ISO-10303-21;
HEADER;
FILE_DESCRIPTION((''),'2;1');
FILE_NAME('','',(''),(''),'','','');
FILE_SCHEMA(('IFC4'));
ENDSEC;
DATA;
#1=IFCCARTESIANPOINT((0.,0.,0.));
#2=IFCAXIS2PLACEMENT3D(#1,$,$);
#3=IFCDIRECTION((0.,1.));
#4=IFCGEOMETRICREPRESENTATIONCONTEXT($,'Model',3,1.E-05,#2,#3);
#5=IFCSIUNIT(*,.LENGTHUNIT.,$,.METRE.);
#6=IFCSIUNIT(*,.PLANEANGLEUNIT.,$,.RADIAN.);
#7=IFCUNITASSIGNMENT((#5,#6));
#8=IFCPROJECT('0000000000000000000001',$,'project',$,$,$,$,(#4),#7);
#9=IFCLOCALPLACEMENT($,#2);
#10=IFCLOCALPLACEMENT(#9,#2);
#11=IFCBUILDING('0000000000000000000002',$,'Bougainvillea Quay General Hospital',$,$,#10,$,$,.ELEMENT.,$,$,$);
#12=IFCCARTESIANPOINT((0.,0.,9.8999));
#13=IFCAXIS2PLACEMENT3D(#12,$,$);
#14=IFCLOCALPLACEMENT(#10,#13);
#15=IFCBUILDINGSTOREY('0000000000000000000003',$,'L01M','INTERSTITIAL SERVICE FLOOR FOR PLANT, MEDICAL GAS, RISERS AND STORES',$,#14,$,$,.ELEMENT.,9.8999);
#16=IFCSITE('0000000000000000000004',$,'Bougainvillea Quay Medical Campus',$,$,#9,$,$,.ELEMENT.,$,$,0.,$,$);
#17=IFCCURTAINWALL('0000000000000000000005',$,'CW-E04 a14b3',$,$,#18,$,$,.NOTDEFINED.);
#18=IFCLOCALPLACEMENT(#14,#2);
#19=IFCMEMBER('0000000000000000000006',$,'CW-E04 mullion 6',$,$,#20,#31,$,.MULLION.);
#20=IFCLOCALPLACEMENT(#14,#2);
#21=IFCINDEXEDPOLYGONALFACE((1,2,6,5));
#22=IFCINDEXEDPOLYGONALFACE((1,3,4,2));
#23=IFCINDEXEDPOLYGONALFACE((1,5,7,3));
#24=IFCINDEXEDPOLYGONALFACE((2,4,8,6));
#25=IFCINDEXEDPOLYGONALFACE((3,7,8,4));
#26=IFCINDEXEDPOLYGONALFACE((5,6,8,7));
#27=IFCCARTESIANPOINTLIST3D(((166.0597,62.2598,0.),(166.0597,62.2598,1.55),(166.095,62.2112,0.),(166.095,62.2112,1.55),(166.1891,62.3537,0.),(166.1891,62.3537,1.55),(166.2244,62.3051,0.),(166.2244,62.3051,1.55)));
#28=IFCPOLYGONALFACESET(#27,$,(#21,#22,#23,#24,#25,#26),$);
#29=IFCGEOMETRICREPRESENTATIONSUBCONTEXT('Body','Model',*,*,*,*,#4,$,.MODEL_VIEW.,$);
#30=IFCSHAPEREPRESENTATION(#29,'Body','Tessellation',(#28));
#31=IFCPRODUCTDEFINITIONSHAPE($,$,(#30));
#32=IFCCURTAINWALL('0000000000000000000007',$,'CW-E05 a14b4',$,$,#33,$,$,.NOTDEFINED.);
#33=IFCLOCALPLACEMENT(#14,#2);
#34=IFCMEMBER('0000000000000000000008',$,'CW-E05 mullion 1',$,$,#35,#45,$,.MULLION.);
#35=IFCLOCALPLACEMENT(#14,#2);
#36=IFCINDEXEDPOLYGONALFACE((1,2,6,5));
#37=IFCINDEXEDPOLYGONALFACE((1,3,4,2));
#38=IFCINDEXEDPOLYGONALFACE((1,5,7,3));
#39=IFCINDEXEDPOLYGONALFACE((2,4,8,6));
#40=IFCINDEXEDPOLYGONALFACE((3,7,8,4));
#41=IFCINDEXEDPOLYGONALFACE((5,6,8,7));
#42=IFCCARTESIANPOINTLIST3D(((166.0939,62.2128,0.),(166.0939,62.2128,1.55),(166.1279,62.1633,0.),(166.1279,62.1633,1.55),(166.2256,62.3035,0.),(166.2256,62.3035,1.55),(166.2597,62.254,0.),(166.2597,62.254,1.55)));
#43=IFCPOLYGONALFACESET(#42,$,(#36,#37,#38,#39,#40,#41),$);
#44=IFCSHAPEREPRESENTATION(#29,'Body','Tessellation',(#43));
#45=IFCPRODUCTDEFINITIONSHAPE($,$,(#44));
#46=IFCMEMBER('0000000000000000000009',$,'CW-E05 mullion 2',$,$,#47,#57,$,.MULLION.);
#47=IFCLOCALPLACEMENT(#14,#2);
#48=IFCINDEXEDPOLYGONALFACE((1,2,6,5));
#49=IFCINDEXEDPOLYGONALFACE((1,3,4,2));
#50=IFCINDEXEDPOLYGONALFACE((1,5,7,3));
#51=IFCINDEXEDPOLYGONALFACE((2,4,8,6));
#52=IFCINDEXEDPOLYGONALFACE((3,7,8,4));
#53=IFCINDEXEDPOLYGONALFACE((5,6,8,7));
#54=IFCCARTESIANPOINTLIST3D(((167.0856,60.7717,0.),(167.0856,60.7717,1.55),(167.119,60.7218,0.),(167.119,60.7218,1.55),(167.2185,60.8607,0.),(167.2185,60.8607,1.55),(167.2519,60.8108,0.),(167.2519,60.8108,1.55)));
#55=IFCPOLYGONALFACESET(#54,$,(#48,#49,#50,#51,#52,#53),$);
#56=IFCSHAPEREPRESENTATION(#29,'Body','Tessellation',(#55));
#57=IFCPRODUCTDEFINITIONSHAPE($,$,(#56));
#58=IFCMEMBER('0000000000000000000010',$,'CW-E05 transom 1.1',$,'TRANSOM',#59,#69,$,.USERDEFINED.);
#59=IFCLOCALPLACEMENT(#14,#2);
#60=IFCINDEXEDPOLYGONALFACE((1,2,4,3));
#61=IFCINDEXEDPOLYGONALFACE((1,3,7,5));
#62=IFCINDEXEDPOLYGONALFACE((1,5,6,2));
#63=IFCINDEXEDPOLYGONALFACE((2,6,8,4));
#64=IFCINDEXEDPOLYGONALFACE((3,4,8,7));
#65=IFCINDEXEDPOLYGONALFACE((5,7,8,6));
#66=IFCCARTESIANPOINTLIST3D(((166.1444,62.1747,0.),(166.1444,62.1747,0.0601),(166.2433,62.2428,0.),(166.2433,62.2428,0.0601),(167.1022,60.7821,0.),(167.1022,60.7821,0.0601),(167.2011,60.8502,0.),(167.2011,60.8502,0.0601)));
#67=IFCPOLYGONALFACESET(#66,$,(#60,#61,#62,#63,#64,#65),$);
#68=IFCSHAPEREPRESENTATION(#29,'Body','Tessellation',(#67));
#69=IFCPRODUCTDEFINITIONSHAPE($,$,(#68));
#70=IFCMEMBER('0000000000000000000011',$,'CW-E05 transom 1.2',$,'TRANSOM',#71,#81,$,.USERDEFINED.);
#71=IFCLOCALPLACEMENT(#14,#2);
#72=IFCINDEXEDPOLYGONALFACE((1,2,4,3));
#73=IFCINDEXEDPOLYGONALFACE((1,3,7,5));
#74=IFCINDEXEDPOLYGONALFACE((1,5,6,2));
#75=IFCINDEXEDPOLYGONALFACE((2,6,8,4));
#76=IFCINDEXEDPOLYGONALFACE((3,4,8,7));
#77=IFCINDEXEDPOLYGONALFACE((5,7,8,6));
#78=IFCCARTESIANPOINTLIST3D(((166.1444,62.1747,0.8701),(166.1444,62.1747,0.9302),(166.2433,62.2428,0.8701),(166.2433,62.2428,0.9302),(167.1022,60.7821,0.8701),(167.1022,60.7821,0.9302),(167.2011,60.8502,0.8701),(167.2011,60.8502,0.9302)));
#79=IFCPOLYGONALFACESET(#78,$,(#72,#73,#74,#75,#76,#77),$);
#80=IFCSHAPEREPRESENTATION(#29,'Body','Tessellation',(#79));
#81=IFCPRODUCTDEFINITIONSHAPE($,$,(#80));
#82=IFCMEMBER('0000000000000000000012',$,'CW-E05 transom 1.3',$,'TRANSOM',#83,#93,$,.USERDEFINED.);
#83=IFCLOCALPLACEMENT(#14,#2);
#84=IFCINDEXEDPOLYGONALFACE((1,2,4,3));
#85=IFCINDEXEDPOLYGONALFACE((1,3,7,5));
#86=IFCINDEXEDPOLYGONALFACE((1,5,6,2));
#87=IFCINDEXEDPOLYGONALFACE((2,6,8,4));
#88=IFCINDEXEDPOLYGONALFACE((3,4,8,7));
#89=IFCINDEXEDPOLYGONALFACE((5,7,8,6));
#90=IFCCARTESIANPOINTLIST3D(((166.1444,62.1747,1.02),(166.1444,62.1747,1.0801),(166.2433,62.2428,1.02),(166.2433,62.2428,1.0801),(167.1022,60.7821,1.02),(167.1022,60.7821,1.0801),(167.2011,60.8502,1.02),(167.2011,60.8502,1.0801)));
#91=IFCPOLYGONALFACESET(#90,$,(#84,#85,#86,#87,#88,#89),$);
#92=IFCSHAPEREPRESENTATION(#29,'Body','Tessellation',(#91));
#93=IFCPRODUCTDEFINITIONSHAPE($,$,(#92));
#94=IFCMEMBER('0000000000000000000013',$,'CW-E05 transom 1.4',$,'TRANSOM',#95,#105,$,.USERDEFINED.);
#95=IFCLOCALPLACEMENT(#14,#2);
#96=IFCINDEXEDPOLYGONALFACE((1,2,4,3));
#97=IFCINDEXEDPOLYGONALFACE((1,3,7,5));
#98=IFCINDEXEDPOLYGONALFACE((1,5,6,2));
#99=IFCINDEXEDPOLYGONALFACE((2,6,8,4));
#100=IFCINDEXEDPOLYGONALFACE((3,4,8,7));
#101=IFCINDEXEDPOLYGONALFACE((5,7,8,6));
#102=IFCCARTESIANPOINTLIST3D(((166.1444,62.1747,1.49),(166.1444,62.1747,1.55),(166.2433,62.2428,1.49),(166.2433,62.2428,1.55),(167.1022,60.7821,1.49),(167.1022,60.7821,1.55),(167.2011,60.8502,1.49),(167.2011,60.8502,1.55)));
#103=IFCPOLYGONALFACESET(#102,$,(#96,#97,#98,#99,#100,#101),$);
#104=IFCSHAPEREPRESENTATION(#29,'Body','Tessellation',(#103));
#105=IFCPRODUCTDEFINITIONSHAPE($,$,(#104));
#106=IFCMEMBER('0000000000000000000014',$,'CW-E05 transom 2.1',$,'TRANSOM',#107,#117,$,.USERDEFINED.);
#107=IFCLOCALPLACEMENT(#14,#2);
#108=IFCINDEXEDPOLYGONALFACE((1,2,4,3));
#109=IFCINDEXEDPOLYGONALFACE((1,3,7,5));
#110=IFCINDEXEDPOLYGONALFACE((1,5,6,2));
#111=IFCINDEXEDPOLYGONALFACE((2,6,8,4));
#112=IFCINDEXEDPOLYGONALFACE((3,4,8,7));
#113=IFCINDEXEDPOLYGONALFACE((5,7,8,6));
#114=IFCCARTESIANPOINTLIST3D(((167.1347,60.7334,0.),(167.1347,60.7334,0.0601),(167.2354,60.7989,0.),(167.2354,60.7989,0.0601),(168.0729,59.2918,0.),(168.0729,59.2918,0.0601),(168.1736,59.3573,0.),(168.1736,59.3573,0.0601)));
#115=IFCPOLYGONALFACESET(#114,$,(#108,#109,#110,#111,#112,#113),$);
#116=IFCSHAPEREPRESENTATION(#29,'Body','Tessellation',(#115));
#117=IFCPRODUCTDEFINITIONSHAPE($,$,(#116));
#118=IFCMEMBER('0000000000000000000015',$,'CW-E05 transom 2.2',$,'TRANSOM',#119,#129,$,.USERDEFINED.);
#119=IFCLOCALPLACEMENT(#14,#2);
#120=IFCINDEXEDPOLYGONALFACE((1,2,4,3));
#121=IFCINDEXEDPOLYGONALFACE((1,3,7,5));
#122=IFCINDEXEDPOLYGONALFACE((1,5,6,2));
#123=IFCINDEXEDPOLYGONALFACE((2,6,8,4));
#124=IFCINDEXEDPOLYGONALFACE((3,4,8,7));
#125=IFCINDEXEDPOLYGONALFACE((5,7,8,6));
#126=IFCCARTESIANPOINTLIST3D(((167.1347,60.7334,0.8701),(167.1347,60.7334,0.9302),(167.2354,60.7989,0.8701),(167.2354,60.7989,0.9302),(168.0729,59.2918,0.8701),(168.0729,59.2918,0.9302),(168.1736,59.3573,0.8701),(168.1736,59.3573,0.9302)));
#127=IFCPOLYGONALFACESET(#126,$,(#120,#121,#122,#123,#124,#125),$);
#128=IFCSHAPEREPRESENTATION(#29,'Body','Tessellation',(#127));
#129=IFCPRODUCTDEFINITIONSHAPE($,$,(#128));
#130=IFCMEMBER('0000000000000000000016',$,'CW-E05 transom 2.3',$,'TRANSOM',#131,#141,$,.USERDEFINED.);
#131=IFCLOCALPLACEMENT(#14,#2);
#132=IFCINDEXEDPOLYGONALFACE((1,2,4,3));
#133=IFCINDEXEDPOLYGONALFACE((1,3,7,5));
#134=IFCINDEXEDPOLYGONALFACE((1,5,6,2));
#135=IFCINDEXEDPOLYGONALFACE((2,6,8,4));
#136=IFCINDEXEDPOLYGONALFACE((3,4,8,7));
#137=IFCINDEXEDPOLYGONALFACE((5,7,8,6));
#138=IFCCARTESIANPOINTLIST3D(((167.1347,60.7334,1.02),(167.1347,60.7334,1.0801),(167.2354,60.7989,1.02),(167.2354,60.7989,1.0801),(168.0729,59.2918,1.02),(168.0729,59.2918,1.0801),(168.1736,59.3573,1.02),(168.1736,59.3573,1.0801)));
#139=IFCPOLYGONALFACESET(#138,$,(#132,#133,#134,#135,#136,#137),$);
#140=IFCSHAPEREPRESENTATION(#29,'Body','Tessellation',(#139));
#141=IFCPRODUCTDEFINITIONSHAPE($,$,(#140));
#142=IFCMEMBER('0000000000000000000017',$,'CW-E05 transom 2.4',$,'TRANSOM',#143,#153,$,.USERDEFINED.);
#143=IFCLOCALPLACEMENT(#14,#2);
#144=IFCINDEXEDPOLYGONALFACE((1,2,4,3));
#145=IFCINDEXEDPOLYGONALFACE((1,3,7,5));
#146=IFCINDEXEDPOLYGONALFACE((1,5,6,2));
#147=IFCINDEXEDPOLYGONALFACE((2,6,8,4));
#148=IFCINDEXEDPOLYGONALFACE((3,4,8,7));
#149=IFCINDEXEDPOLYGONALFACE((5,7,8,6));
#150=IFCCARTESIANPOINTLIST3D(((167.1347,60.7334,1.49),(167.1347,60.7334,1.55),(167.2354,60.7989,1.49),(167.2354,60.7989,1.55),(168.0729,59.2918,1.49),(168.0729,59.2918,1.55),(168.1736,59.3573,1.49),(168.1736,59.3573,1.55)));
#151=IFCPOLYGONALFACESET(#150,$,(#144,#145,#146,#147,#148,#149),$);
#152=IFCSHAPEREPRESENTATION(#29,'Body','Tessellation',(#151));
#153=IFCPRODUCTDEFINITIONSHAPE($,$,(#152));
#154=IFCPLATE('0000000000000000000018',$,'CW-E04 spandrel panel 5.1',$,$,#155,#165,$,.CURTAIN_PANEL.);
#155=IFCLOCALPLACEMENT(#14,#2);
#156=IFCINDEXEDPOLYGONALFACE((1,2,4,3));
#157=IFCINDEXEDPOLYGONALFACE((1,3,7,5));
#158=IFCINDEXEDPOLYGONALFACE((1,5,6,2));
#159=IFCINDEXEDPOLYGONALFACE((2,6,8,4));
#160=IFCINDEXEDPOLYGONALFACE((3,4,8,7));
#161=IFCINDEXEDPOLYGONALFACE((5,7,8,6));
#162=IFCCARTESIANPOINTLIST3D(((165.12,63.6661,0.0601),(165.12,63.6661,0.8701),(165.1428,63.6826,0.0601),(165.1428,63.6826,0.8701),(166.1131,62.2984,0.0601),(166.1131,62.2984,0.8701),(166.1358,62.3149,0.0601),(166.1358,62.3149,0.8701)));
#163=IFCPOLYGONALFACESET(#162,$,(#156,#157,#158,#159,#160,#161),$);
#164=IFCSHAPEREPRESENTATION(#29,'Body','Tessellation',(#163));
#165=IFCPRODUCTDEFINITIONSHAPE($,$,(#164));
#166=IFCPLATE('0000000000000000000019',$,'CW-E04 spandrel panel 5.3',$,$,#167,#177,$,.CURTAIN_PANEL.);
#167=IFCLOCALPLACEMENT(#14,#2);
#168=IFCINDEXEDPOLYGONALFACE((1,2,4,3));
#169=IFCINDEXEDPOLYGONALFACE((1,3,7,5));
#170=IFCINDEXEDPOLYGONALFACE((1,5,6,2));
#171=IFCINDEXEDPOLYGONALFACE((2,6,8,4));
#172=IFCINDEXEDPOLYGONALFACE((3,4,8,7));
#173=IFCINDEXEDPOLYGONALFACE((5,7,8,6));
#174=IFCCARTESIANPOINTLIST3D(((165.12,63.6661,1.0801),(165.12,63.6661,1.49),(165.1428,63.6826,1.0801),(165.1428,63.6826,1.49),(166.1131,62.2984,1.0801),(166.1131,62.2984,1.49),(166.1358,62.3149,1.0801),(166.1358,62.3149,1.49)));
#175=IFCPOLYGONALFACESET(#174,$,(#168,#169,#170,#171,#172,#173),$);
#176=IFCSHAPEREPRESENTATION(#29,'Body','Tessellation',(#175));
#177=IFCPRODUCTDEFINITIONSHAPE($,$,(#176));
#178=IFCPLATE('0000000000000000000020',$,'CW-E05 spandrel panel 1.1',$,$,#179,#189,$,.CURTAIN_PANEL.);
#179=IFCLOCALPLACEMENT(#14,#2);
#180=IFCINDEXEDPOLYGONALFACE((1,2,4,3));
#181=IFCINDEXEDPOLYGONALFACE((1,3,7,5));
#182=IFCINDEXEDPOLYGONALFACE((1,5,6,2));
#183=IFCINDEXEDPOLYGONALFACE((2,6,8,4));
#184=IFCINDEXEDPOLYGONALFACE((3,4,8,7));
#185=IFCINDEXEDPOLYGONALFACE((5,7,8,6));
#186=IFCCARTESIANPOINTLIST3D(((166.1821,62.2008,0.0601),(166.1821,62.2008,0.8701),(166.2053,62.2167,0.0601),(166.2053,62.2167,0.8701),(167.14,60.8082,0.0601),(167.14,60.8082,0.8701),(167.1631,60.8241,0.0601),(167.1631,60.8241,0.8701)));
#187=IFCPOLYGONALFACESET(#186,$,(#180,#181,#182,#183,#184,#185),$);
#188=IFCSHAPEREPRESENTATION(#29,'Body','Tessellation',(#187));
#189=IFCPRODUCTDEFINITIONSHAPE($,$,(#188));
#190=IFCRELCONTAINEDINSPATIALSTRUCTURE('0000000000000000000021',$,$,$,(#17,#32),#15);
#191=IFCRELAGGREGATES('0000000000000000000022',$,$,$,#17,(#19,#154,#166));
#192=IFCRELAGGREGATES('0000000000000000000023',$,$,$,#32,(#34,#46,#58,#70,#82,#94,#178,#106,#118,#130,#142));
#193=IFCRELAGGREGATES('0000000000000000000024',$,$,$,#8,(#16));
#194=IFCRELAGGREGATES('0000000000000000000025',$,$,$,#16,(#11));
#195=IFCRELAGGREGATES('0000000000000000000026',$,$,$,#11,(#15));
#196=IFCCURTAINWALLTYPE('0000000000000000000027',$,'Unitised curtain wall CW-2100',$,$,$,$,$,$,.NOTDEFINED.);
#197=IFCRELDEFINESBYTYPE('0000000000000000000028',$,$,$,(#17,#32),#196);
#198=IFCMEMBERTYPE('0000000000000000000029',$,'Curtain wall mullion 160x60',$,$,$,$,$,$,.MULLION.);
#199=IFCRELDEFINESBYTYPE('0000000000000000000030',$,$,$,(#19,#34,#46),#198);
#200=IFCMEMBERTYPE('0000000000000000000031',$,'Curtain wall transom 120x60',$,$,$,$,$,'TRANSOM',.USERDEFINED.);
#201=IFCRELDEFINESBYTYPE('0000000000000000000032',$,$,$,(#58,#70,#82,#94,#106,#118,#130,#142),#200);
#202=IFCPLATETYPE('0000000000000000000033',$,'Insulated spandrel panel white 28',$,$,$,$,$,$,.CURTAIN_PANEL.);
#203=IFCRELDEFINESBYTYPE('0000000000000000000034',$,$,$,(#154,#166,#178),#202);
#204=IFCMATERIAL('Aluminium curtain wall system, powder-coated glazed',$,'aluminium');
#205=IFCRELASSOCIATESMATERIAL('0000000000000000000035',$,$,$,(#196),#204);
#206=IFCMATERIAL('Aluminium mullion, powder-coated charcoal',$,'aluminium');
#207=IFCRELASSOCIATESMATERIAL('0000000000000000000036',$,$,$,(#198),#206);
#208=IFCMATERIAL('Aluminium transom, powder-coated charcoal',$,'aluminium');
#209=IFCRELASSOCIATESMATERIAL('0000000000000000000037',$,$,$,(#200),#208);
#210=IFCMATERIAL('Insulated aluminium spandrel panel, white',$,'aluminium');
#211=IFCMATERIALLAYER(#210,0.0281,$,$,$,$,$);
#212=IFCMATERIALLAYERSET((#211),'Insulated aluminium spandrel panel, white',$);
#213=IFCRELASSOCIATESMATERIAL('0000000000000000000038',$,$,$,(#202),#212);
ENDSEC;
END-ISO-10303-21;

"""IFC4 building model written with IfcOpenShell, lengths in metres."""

from ifc_helpers import new_model, si_unit, direction, frame, origin, origin_2d, place, context, subcontext, project, spatial, rectangle, extrude, material, layer, layer_set, material_profile, profile_set, type_object, element, aggregate, save


model = new_model("IFC4")

# Units and contexts
model_context = context("Model", 3, precision=1e-05, world=origin(), true_north=direction((0.0, 1.0)))
body_context = subcontext(model_context, "Body", "Model", "MODEL_VIEW")
ifc_project = project(units=[si_unit("LENGTHUNIT", "METRE"), si_unit("PLANEANGLEUNIT", "RADIAN")], contexts=[model_context])

# Site, building, storey
site_placement = place(None, origin())
site = spatial("IfcSite", under=ifc_project, at=site_placement, Name="Bougainvillea Quay Medical Campus", CompositionType="ELEMENT", RefElevation=0.0)
building_placement = place(site_placement, origin())
building = spatial("IfcBuilding", under=site, at=building_placement, Name="Bougainvillea Quay General Hospital", CompositionType="ELEMENT")
storey_placement = place(building_placement, frame((0.0, 0.0, 9.8999)))
storey = spatial("IfcBuildingStorey", under=building, at=storey_placement, Name="L01M", Description="INTERSTITIAL SERVICE FLOOR FOR PLANT, MEDICAL GAS, RISERS AND STORES", CompositionType="ELEMENT", Elevation=9.8999)

# Curtain wall, member
ifc_material_1 = material(Name="Aluminium curtain wall system, powder-coated glazed", Category="aluminium")
curtain_wall_type = type_object("IfcCurtainWallType", Name="Unitised curtain wall CW-2100", PredefinedType="NOTDEFINED", material=ifc_material_1)
curtain_wall_1_placement = place(storey_placement, origin())
curtain_wall_1 = element("IfcCurtainWall", 1, at=curtain_wall_1_placement, inside=storey, type_object=curtain_wall_type, Name="CW-E04 a14b3", PredefinedType="NOTDEFINED")
ifc_material_2 = material(Name="Aluminium mullion, powder-coated charcoal", Category="aluminium")
ifc_material_profile_1 = material_profile(ifc_material_2, rectangle(XDim=0.1599, YDim=0.0601, at=origin_2d()))
ifc_profile_set_1 = profile_set([ifc_material_profile_1], Name="Aluminium mullion, powder-coated charcoal")
member_type_1 = type_object("IfcMemberType", Name="Curtain wall mullion 160x60", PredefinedType="MULLION", material=ifc_profile_set_1)
member_1_placement = place(storey_placement, frame((166.1421, 62.2825, 0.0), z_axis=(0.0, 0.0, 1.0), x_axis=(0.809189, 0.587548, 0.0)))
member_1 = element("IfcMember", 2, at=member_1_placement, type_object=member_type_1, Name="CW-E04 mullion 6", PredefinedType="MULLION", context=body_context, shape_type="SweptSolid", body=[
    extrude(rectangle(XDim=0.1599, YDim=0.0601, at=origin_2d()), origin(), (0.0, 0.0, 1.0), 1.55),
])

# Curtain wall, members
curtain_wall_2_placement = place(storey_placement, origin())
curtain_wall_2 = element("IfcCurtainWall", 3, at=curtain_wall_2_placement, inside=storey, type_object=curtain_wall_type, Name="CW-E05 a14b4", PredefinedType="NOTDEFINED")
member_2_placement = place(storey_placement, frame((166.1768, 62.2334, 0.0), z_axis=(0.0, 0.0, 1.0), x_axis=(0.823921, 0.566705, 0.0)))
member_2 = element("IfcMember", 4, at=member_2_placement, type_object=member_type_1, Name="CW-E05 mullion 1", PredefinedType="MULLION", context=body_context, shape_type="SweptSolid", body=[
    extrude(rectangle(XDim=0.1599, YDim=0.0601, at=origin_2d()), origin(), (0.0, 0.0, 1.0), 1.55),
])
member_3_placement = place(storey_placement, frame((167.1687, 60.7913, 0.0), z_axis=(0.0, 0.0, 1.0), x_axis=(0.831085, 0.556145, 0.0)))
member_3 = element("IfcMember", 5, at=member_3_placement, type_object=member_type_1, Name="CW-E05 mullion 2", PredefinedType="MULLION", context=body_context, shape_type="SweptSolid", body=[
    extrude(rectangle(XDim=0.1599, YDim=0.0601, at=origin_2d()), origin(), (0.0, 0.0, 1.0), 1.55),
])
ifc_material_3 = material(Name="Aluminium transom, powder-coated charcoal", Category="aluminium")
ifc_material_profile_2 = material_profile(ifc_material_3, rectangle(XDim=0.1201, YDim=0.0601, at=origin_2d()))
ifc_profile_set_2 = profile_set([ifc_material_profile_2], Name="Aluminium transom, powder-coated charcoal")
member_type_2 = type_object("IfcMemberType", Name="Curtain wall transom 120x60", ElementType="TRANSOM", PredefinedType="USERDEFINED", material=ifc_profile_set_2)
member_4_placement = place(storey_placement, frame((166.1938, 62.2087, 0.03), z_axis=(0.566676, -0.823941, 0.0), x_axis=(0.823941, 0.566676, 0.0)))
member_4 = element("IfcMember", 6, at=member_4_placement, type_object=member_type_2, Name="CW-E05 transom 1.1", ObjectType="TRANSOM", PredefinedType="USERDEFINED", context=body_context, shape_type="SweptSolid", body=[
    extrude(rectangle(XDim=0.1201, YDim=0.0601, at=origin_2d()), origin(), (0.0, 0.0, 1.0), 1.6902),
])
member_5_placement = place(storey_placement, frame((166.1938, 62.2087, 0.9001), z_axis=(0.566676, -0.823941, 0.0), x_axis=(0.823941, 0.566676, 0.0)))
member_5 = element("IfcMember", 7, at=member_5_placement, type_object=member_type_2, Name="CW-E05 transom 1.2", ObjectType="TRANSOM", PredefinedType="USERDEFINED", context=body_context, shape_type="SweptSolid", body=[
    extrude(rectangle(XDim=0.1201, YDim=0.0601, at=origin_2d()), origin(), (0.0, 0.0, 1.0), 1.6902),
])
member_6_placement = place(storey_placement, frame((166.1938, 62.2087, 1.05), z_axis=(0.566676, -0.823941, 0.0), x_axis=(0.823941, 0.566676, 0.0)))
member_6 = element("IfcMember", 8, at=member_6_placement, type_object=member_type_2, Name="CW-E05 transom 1.3", ObjectType="TRANSOM", PredefinedType="USERDEFINED", context=body_context, shape_type="SweptSolid", body=[
    extrude(rectangle(XDim=0.1201, YDim=0.0601, at=origin_2d()), origin(), (0.0, 0.0, 1.0), 1.6902),
])
member_7_placement = place(storey_placement, frame((166.1938, 62.2087, 1.52), z_axis=(0.566676, -0.823941, 0.0), x_axis=(0.823941, 0.566676, 0.0)))
member_7 = element("IfcMember", 9, at=member_7_placement, type_object=member_type_2, Name="CW-E05 transom 1.4", ObjectType="TRANSOM", PredefinedType="USERDEFINED", context=body_context, shape_type="SweptSolid", body=[
    extrude(rectangle(XDim=0.1201, YDim=0.0601, at=origin_2d()), origin(), (0.0, 0.0, 1.0), 1.6902),
])
member_8_placement = place(storey_placement, frame((167.1851, 60.7661, 0.03), z_axis=(0.545462, -0.838135, 0.0), x_axis=(0.838135, 0.545462, 0.0)))
member_8 = element("IfcMember", 10, at=member_8_placement, type_object=member_type_2, Name="CW-E05 transom 2.1", ObjectType="TRANSOM", PredefinedType="USERDEFINED", context=body_context, shape_type="SweptSolid", body=[
    extrude(rectangle(XDim=0.1201, YDim=0.0601, at=origin_2d()), origin(), (0.0, 0.0, 1.0), 1.72),
])
member_9_placement = place(storey_placement, frame((167.1851, 60.7661, 0.9001), z_axis=(0.545462, -0.838135, 0.0), x_axis=(0.838135, 0.545462, 0.0)))
member_9 = element("IfcMember", 11, at=member_9_placement, type_object=member_type_2, Name="CW-E05 transom 2.2", ObjectType="TRANSOM", PredefinedType="USERDEFINED", context=body_context, shape_type="SweptSolid", body=[
    extrude(rectangle(XDim=0.1201, YDim=0.0601, at=origin_2d()), origin(), (0.0, 0.0, 1.0), 1.72),
])
member_10_placement = place(storey_placement, frame((167.1851, 60.7661, 1.05), z_axis=(0.545462, -0.838135, 0.0), x_axis=(0.838135, 0.545462, 0.0)))
member_10 = element("IfcMember", 12, at=member_10_placement, type_object=member_type_2, Name="CW-E05 transom 2.3", ObjectType="TRANSOM", PredefinedType="USERDEFINED", context=body_context, shape_type="SweptSolid", body=[
    extrude(rectangle(XDim=0.1201, YDim=0.0601, at=origin_2d()), origin(), (0.0, 0.0, 1.0), 1.72),
])
member_11_placement = place(storey_placement, frame((167.1851, 60.7661, 1.52), z_axis=(0.545462, -0.838135, 0.0), x_axis=(0.838135, 0.545462, 0.0)))
member_11 = element("IfcMember", 13, at=member_11_placement, type_object=member_type_2, Name="CW-E05 transom 2.4", ObjectType="TRANSOM", PredefinedType="USERDEFINED", context=body_context, shape_type="SweptSolid", body=[
    extrude(rectangle(XDim=0.1201, YDim=0.0601, at=origin_2d()), origin(), (0.0, 0.0, 1.0), 1.72),
])

# Plates
ifc_material_4 = material(Name="Insulated aluminium spandrel panel, white", Category="aluminium")
ifc_layer_1 = layer(ifc_material_4, 0.0281)
ifc_layer_set_1 = layer_set([ifc_layer_1], Name="Insulated aluminium spandrel panel, white")
plate_type_1 = type_object("IfcPlateType", Name="Insulated spandrel panel white 28", PredefinedType="CURTAIN_PANEL", material=ifc_layer_set_1)
plate_1_placement = place(storey_placement, frame((165.6279, 62.9905, 0.0601), z_axis=(0.0, 0.0, 1.0), x_axis=(0.587548, -0.809189, 0.0)))
plate_1 = element("IfcPlate", 14, at=plate_1_placement, type_object=plate_type_1, Name="CW-E04 spandrel panel 5.1", PredefinedType="CURTAIN_PANEL", context=body_context, shape_type="SweptSolid", body=[
    extrude(rectangle(XDim=1.6902, YDim=0.0281, at=origin_2d()), origin(), (0.0, 0.0, 1.0), 0.8101),
])
plate_2_placement = place(storey_placement, frame((165.6279, 62.9905, 1.0801), z_axis=(0.0, 0.0, 1.0), x_axis=(0.587548, -0.809189, 0.0)))
plate_2 = element("IfcPlate", 15, at=plate_2_placement, type_object=plate_type_1, Name="CW-E04 spandrel panel 5.3", PredefinedType="CURTAIN_PANEL", context=body_context, shape_type="SweptSolid", body=[
    extrude(rectangle(XDim=1.6902, YDim=0.0281, at=origin_2d()), origin(), (0.0, 0.0, 1.0), 0.4099),
])
plate_3_placement = place(storey_placement, frame((166.6726, 61.5125, 0.0601), z_axis=(0.0, 0.0, 1.0), x_axis=(0.566705, -0.823921, 0.0)))
plate_3 = element("IfcPlate", 16, at=plate_3_placement, type_object=plate_type_1, Name="CW-E05 spandrel panel 1.1", PredefinedType="CURTAIN_PANEL", context=body_context, shape_type="SweptSolid", body=[
    extrude(rectangle(XDim=1.6902, YDim=0.0281, at=origin_2d()), origin(), (0.0, 0.0, 1.0), 0.8101),
])
aggregate(curtain_wall_1, [member_1, plate_1, plate_2])
aggregate(curtain_wall_2, [member_2, member_3, member_4, member_5, member_6, member_7, plate_3, member_8, member_9, member_10, member_11])

save(model, "model.ifc")
